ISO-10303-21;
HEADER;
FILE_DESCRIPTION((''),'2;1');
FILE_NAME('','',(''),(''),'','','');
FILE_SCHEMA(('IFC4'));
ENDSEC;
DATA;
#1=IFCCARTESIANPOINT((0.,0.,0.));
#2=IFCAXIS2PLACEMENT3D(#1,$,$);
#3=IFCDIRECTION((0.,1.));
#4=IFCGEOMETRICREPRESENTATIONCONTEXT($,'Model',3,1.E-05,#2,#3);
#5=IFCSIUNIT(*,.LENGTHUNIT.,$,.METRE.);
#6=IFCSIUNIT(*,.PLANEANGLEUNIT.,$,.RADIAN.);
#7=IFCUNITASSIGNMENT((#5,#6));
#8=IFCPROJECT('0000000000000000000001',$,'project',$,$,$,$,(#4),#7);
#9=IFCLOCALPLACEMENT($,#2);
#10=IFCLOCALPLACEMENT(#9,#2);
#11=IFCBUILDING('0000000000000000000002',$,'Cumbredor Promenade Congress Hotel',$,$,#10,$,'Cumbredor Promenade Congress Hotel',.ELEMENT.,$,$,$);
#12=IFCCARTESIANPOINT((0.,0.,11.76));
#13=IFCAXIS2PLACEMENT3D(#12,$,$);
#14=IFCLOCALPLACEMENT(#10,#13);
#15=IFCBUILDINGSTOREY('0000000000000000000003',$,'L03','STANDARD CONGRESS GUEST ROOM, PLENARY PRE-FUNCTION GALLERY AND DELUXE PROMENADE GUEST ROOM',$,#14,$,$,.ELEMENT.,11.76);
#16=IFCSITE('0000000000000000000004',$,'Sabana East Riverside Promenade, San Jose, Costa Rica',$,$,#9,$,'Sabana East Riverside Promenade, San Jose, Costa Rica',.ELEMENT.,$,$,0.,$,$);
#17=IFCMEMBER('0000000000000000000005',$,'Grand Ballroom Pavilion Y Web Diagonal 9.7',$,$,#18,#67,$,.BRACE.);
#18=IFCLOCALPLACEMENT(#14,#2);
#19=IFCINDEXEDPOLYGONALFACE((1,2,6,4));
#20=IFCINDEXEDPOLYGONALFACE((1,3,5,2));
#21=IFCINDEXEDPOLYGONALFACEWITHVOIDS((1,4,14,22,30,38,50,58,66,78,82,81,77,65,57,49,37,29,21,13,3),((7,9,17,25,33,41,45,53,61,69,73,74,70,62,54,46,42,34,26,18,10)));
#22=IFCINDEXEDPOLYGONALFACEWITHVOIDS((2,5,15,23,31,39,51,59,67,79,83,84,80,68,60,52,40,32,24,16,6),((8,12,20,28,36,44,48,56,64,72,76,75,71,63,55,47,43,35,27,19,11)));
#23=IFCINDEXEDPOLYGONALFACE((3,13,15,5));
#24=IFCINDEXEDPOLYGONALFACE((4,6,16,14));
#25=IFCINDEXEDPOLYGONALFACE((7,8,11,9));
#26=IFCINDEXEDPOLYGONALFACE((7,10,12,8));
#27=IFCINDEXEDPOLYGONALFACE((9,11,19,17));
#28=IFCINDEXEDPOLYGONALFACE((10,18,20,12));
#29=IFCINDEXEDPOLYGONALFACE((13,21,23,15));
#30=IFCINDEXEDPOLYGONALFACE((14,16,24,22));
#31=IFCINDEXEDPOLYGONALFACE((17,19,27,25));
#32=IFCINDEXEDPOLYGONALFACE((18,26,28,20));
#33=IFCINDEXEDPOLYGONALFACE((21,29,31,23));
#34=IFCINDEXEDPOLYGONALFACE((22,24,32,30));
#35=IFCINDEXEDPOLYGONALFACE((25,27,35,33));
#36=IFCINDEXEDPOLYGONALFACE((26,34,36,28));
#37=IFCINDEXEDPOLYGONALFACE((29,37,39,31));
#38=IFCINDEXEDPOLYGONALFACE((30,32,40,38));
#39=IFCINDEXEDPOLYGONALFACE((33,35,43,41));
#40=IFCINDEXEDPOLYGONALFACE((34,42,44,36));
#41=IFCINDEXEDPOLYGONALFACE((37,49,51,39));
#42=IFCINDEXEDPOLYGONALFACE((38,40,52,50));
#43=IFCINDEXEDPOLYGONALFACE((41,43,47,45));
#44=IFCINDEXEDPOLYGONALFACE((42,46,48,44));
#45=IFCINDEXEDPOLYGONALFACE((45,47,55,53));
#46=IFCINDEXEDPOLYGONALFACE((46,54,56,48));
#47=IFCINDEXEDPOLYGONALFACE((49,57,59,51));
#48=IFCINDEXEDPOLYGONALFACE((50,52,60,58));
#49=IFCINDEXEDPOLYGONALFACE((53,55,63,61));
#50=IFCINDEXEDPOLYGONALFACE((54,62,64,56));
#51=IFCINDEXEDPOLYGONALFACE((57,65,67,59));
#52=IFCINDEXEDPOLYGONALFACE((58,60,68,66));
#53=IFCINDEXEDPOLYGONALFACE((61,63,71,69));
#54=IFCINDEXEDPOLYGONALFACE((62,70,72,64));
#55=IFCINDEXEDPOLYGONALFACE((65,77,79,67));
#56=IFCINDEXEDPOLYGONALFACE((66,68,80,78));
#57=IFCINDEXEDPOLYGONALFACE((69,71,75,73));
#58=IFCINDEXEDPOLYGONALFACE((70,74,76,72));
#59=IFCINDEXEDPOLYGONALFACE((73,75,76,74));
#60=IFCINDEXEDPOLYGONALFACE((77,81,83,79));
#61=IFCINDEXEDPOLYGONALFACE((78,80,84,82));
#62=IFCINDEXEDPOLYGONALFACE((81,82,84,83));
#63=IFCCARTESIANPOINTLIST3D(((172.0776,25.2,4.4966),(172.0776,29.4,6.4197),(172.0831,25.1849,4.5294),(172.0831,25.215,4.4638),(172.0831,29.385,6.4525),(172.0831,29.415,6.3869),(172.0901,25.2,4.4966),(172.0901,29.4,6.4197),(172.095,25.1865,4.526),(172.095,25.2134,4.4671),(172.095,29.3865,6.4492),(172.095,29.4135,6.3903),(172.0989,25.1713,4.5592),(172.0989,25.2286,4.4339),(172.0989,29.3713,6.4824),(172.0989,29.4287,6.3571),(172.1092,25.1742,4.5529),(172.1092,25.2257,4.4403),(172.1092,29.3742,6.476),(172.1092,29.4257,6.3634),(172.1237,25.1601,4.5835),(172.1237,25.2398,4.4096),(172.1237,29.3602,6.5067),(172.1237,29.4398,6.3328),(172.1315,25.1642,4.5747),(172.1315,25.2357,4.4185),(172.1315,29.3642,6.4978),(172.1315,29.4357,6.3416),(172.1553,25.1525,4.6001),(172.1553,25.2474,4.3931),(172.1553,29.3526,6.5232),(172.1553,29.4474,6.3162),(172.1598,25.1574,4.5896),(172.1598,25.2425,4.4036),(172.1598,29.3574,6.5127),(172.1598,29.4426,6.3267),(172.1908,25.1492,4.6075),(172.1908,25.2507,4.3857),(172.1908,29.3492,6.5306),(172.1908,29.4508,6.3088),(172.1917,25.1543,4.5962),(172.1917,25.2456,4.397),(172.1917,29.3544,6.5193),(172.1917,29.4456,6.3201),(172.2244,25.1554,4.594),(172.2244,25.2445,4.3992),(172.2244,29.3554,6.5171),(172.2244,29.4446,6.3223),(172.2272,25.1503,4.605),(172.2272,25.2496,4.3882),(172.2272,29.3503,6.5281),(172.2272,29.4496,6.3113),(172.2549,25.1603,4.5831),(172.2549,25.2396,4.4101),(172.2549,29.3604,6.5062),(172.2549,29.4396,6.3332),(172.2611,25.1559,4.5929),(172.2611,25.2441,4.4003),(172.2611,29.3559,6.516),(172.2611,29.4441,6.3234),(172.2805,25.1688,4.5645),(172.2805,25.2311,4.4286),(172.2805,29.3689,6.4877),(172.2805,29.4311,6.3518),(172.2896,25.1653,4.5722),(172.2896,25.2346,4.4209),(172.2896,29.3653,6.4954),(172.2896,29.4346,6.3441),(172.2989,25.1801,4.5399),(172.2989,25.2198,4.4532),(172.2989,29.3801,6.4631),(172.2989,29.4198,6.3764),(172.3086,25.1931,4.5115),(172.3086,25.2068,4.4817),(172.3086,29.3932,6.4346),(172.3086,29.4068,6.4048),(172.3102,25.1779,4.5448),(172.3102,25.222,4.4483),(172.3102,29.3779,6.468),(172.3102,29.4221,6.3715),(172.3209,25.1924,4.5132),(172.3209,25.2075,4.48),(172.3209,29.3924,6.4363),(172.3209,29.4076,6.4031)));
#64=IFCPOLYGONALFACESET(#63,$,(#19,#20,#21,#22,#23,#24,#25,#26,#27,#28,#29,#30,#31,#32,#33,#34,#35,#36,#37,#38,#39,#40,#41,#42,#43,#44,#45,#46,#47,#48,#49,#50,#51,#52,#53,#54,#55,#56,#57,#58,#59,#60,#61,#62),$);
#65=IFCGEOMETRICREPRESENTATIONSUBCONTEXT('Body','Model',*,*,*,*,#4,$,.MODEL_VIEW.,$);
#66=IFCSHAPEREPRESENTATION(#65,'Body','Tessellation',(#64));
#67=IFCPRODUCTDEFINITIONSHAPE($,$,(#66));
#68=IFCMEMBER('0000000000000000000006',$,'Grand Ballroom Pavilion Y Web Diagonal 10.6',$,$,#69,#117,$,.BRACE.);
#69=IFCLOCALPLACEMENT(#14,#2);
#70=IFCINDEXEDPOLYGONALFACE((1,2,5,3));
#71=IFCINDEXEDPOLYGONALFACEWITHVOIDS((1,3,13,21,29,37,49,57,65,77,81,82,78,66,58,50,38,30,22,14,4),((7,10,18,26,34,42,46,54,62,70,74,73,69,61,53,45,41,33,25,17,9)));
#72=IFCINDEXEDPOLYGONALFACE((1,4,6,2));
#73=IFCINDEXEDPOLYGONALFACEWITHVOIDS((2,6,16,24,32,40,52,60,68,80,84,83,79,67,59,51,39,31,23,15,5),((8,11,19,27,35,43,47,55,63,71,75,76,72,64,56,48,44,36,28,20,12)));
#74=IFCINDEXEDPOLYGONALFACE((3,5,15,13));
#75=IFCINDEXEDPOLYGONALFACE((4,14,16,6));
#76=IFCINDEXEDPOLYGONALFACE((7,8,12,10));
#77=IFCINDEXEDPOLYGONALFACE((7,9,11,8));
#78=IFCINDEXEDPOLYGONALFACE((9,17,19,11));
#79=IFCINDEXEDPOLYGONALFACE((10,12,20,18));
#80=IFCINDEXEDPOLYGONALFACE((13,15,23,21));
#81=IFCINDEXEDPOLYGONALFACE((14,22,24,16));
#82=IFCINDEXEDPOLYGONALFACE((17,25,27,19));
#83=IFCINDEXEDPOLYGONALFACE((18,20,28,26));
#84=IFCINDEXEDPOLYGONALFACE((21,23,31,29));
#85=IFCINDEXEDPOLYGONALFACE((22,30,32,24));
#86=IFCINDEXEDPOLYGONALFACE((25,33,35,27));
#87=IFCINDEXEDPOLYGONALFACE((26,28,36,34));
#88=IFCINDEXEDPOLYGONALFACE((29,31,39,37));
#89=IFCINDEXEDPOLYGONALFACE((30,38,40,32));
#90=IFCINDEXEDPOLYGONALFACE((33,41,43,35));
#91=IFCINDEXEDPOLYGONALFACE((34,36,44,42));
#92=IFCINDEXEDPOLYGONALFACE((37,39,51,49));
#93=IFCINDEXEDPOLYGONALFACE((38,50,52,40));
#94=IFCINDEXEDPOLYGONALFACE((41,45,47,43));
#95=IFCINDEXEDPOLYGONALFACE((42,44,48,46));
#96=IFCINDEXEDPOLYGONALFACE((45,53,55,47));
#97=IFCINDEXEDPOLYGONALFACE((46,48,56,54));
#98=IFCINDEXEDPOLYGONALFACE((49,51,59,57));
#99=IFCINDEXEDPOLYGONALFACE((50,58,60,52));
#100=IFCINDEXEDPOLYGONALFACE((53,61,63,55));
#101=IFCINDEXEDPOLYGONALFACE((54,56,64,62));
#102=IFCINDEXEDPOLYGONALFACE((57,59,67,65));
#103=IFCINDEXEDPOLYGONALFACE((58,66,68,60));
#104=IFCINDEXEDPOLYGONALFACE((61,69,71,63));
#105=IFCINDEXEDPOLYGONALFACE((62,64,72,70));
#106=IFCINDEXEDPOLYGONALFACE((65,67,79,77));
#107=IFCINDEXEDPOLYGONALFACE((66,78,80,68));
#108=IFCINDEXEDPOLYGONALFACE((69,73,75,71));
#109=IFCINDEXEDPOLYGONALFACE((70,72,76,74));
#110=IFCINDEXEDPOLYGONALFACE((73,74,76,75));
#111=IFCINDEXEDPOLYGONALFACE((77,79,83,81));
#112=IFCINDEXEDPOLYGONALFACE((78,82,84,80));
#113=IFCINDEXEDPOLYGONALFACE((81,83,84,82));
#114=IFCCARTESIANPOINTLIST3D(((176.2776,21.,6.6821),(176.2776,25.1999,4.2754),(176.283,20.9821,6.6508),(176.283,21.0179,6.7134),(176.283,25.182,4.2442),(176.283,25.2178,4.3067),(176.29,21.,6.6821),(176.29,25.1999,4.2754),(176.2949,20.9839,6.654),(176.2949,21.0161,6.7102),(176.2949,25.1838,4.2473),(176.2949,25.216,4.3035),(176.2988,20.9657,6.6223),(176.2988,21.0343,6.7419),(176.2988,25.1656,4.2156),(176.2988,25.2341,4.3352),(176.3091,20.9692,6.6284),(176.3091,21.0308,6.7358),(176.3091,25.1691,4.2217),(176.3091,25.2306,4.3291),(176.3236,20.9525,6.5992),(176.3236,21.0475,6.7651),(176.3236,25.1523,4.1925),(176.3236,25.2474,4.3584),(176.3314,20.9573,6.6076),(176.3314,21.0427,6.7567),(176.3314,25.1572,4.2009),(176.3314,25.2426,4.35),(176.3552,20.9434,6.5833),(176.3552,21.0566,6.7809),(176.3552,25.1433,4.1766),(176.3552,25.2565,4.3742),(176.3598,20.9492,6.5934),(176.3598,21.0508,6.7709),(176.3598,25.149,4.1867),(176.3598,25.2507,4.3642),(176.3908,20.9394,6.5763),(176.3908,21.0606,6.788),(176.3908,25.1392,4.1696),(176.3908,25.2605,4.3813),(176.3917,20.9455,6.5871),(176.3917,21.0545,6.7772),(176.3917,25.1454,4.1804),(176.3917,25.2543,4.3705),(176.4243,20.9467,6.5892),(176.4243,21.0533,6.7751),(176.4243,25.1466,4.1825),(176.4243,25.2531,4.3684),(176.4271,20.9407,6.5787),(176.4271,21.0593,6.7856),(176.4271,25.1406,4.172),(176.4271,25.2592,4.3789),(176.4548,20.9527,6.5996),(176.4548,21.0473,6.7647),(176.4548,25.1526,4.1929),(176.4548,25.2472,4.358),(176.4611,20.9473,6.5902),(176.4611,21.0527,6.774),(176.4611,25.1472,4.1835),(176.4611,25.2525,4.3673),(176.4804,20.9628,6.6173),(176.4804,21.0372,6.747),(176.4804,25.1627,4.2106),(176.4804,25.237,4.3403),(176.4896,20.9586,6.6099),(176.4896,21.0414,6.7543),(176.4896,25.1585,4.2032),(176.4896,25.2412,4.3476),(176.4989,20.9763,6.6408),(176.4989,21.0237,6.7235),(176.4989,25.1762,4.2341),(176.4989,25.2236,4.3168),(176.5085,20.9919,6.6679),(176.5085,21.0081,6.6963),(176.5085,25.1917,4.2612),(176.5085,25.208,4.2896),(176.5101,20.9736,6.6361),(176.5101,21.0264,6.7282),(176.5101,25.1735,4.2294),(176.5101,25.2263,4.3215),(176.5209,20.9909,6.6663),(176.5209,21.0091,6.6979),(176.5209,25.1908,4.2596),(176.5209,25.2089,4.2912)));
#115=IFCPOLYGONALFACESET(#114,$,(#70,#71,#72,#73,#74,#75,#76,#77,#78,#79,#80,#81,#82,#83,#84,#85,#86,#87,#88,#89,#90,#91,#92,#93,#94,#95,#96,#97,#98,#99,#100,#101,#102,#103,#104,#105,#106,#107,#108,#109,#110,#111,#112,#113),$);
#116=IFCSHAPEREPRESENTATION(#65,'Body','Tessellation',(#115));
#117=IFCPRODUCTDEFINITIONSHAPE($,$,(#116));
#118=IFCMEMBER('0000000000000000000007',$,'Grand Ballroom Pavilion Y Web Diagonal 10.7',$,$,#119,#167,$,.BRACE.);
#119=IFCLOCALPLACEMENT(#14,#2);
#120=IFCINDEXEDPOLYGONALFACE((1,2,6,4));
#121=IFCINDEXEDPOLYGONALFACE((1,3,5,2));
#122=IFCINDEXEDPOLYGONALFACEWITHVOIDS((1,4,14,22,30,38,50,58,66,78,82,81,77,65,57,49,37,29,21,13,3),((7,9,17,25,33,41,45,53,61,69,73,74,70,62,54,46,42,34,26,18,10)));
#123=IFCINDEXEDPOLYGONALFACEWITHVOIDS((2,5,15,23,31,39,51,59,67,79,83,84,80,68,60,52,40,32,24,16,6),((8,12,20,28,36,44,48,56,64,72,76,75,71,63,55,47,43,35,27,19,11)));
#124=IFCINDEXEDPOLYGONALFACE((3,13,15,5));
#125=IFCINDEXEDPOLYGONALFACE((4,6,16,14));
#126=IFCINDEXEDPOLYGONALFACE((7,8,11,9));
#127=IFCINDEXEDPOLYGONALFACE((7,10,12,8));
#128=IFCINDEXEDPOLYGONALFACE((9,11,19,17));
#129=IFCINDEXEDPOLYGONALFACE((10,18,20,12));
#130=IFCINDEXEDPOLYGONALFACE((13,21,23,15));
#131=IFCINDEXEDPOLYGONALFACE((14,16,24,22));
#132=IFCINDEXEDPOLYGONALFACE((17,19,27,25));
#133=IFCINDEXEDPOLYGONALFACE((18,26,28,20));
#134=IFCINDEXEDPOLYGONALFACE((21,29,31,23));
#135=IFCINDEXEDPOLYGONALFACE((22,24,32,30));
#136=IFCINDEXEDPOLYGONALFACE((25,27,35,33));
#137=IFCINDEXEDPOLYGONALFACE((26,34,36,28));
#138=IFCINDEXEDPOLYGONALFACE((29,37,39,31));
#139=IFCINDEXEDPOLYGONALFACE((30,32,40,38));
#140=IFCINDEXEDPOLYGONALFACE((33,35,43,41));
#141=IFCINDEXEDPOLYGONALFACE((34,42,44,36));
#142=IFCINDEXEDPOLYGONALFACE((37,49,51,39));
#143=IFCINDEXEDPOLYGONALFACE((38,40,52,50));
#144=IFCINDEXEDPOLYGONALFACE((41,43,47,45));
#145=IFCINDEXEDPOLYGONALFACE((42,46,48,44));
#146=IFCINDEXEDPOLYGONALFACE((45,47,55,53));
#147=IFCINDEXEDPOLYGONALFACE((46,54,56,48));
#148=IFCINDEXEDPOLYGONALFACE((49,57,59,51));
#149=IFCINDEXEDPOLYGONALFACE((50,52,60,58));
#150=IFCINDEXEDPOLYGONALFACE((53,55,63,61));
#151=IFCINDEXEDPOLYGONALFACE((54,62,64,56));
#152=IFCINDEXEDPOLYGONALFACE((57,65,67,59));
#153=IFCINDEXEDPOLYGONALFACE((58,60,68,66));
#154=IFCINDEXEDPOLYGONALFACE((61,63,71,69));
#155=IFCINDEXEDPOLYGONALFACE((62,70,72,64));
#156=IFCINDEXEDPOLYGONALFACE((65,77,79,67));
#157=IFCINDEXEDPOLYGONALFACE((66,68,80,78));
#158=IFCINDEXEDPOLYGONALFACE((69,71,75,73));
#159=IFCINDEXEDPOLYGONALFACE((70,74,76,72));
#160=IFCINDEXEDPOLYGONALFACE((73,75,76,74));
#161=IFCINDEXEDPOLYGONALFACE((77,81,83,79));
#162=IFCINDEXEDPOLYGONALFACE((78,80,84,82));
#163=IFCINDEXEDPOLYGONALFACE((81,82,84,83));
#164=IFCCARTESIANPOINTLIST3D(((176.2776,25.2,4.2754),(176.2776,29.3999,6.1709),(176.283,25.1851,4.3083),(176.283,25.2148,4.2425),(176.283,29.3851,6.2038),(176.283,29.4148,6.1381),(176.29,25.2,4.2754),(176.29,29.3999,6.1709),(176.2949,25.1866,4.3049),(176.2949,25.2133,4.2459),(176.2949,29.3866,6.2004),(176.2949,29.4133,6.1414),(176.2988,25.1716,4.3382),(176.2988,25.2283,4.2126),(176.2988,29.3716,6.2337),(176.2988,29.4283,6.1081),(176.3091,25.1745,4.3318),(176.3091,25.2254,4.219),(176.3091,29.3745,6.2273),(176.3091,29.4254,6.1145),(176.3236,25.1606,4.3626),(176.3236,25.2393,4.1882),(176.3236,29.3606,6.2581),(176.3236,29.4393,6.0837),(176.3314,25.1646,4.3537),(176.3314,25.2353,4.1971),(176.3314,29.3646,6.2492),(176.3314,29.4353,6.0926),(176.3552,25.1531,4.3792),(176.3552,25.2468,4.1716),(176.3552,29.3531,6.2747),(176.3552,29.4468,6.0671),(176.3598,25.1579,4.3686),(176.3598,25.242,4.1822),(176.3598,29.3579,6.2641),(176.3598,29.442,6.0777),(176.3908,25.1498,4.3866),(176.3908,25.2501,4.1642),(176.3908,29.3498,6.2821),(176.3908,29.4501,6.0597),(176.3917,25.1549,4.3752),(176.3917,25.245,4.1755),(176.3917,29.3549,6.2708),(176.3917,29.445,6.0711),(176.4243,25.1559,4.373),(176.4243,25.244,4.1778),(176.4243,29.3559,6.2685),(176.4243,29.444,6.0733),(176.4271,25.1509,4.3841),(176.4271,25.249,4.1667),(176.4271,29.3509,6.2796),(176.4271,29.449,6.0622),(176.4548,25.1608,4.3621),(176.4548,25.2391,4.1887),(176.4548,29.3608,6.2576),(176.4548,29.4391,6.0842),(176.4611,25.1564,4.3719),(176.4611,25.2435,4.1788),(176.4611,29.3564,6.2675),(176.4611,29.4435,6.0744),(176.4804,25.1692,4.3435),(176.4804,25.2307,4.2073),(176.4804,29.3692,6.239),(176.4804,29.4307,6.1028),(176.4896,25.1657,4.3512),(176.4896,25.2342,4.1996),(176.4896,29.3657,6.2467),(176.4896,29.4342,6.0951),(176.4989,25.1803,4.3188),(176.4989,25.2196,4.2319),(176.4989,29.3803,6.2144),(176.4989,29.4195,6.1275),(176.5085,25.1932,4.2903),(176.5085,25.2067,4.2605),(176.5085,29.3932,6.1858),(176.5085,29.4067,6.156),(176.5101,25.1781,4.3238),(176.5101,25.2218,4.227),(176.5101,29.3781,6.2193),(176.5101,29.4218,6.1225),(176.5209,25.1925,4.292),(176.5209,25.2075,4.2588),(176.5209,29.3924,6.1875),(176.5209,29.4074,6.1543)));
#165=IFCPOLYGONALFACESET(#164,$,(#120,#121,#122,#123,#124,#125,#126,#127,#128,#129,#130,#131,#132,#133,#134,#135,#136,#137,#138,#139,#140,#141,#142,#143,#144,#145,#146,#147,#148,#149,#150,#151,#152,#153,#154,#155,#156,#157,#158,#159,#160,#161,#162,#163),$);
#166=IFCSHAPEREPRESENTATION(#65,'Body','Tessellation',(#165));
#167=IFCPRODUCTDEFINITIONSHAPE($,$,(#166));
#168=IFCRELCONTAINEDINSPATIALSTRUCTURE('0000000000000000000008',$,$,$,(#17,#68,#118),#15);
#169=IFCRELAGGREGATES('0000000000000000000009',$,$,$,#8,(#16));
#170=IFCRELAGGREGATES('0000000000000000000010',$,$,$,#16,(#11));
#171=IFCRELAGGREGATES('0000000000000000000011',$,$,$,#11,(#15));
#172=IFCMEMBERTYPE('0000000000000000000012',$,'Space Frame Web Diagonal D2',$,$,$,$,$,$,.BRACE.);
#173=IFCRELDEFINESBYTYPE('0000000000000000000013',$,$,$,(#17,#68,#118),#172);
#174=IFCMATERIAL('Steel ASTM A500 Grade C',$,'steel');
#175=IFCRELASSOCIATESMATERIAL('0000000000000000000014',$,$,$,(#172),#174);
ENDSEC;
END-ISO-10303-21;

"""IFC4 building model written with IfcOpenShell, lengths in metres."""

from ifc_helpers import new_model, si_unit, direction, frame, origin, origin_2d, place, context, subcontext, project, spatial, hollow_circle, extrude, material, material_profile, profile_set, type_object, element, save


model = new_model("IFC4")

# Units and contexts
model_context = context("Model", 3, precision=1e-05, world=origin(), true_north=direction((0.0, 1.0)))
body_context = subcontext(model_context, "Body", "Model", "MODEL_VIEW")
ifc_project = project(units=[si_unit("LENGTHUNIT", "METRE"), si_unit("PLANEANGLEUNIT", "RADIAN")], contexts=[model_context])

# Site, building, storey
site_placement = place(None, origin())
site = spatial("IfcSite", under=ifc_project, at=site_placement, Name="Sabana East Riverside Promenade, San Jose, Costa Rica", LongName="Sabana East Riverside Promenade, San Jose, Costa Rica", CompositionType="ELEMENT", RefElevation=0.0)
building_placement = place(site_placement, origin())
building = spatial("IfcBuilding", under=site, at=building_placement, Name="Cumbredor Promenade Congress Hotel", LongName="Cumbredor Promenade Congress Hotel", CompositionType="ELEMENT")
storey_placement = place(building_placement, frame((0.0, 0.0, 11.76)))
storey = spatial("IfcBuildingStorey", under=building, at=storey_placement, Name="L03", Description="STANDARD CONGRESS GUEST ROOM, PLENARY PRE-FUNCTION GALLERY AND DELUXE PROMENADE GUEST ROOM", CompositionType="ELEMENT", Elevation=11.76)

# Members
ifc_material_1 = material(Name="Steel ASTM A500 Grade C", Category="steel")
ifc_material_profile_1 = material_profile(ifc_material_1, hollow_circle(Radius=0.1223, WallThickness=0.0125, at=origin_2d()), Name="CHS 244.5x12.5")
ifc_profile_set_1 = profile_set([ifc_material_profile_1], Name="Steel ASTM A500 Grade C")
member_type_1 = type_object("IfcMemberType", Name="Space Frame Web Diagonal D2", PredefinedType="BRACE", material=ifc_profile_set_1)
member_1_placement = place(storey_placement, frame((172.2, 25.2, 4.4966), z_axis=(0.0, 0.909219, 0.416318), x_axis=(-1.0, 0.0, 0.0)))
element("IfcMember", 1, at=member_1_placement, inside=storey, type_object=member_type_1, Name="Grand Ballroom Pavilion Y Web Diagonal 9.7", PredefinedType="BRACE", context=body_context, shape_type="SweptSolid", body=[
    extrude(hollow_circle(Radius=0.1223, WallThickness=0.0125, at=origin_2d()), origin(), (0.0, 0.0, 1.0), 4.6194),
])
member_2_placement = place(storey_placement, frame((176.3999, 21.0, 6.6821), z_axis=(0.0, 0.86764, -0.497192), x_axis=(-1.0, 0.0, 0.0)))
element("IfcMember", 2, at=member_2_placement, inside=storey, type_object=member_type_1, Name="Grand Ballroom Pavilion Y Web Diagonal 10.6", PredefinedType="BRACE", context=body_context, shape_type="SweptSolid", body=[
    extrude(hollow_circle(Radius=0.1223, WallThickness=0.0125, at=origin_2d()), origin(), (0.0, 0.0, 1.0), 4.8406),
])
member_3_placement = place(storey_placement, frame((176.3999, 25.2, 4.2754), z_axis=(0.0, 0.911472, 0.411362), x_axis=(-1.0, 0.0, 0.0)))
element("IfcMember", 3, at=member_3_placement, inside=storey, type_object=member_type_1, Name="Grand Ballroom Pavilion Y Web Diagonal 10.7", PredefinedType="BRACE", context=body_context, shape_type="SweptSolid", body=[
    extrude(hollow_circle(Radius=0.1223, WallThickness=0.0125, at=origin_2d()), origin(), (0.0, 0.0, 1.0), 4.6079),
])

save(model, "model.ifc")
